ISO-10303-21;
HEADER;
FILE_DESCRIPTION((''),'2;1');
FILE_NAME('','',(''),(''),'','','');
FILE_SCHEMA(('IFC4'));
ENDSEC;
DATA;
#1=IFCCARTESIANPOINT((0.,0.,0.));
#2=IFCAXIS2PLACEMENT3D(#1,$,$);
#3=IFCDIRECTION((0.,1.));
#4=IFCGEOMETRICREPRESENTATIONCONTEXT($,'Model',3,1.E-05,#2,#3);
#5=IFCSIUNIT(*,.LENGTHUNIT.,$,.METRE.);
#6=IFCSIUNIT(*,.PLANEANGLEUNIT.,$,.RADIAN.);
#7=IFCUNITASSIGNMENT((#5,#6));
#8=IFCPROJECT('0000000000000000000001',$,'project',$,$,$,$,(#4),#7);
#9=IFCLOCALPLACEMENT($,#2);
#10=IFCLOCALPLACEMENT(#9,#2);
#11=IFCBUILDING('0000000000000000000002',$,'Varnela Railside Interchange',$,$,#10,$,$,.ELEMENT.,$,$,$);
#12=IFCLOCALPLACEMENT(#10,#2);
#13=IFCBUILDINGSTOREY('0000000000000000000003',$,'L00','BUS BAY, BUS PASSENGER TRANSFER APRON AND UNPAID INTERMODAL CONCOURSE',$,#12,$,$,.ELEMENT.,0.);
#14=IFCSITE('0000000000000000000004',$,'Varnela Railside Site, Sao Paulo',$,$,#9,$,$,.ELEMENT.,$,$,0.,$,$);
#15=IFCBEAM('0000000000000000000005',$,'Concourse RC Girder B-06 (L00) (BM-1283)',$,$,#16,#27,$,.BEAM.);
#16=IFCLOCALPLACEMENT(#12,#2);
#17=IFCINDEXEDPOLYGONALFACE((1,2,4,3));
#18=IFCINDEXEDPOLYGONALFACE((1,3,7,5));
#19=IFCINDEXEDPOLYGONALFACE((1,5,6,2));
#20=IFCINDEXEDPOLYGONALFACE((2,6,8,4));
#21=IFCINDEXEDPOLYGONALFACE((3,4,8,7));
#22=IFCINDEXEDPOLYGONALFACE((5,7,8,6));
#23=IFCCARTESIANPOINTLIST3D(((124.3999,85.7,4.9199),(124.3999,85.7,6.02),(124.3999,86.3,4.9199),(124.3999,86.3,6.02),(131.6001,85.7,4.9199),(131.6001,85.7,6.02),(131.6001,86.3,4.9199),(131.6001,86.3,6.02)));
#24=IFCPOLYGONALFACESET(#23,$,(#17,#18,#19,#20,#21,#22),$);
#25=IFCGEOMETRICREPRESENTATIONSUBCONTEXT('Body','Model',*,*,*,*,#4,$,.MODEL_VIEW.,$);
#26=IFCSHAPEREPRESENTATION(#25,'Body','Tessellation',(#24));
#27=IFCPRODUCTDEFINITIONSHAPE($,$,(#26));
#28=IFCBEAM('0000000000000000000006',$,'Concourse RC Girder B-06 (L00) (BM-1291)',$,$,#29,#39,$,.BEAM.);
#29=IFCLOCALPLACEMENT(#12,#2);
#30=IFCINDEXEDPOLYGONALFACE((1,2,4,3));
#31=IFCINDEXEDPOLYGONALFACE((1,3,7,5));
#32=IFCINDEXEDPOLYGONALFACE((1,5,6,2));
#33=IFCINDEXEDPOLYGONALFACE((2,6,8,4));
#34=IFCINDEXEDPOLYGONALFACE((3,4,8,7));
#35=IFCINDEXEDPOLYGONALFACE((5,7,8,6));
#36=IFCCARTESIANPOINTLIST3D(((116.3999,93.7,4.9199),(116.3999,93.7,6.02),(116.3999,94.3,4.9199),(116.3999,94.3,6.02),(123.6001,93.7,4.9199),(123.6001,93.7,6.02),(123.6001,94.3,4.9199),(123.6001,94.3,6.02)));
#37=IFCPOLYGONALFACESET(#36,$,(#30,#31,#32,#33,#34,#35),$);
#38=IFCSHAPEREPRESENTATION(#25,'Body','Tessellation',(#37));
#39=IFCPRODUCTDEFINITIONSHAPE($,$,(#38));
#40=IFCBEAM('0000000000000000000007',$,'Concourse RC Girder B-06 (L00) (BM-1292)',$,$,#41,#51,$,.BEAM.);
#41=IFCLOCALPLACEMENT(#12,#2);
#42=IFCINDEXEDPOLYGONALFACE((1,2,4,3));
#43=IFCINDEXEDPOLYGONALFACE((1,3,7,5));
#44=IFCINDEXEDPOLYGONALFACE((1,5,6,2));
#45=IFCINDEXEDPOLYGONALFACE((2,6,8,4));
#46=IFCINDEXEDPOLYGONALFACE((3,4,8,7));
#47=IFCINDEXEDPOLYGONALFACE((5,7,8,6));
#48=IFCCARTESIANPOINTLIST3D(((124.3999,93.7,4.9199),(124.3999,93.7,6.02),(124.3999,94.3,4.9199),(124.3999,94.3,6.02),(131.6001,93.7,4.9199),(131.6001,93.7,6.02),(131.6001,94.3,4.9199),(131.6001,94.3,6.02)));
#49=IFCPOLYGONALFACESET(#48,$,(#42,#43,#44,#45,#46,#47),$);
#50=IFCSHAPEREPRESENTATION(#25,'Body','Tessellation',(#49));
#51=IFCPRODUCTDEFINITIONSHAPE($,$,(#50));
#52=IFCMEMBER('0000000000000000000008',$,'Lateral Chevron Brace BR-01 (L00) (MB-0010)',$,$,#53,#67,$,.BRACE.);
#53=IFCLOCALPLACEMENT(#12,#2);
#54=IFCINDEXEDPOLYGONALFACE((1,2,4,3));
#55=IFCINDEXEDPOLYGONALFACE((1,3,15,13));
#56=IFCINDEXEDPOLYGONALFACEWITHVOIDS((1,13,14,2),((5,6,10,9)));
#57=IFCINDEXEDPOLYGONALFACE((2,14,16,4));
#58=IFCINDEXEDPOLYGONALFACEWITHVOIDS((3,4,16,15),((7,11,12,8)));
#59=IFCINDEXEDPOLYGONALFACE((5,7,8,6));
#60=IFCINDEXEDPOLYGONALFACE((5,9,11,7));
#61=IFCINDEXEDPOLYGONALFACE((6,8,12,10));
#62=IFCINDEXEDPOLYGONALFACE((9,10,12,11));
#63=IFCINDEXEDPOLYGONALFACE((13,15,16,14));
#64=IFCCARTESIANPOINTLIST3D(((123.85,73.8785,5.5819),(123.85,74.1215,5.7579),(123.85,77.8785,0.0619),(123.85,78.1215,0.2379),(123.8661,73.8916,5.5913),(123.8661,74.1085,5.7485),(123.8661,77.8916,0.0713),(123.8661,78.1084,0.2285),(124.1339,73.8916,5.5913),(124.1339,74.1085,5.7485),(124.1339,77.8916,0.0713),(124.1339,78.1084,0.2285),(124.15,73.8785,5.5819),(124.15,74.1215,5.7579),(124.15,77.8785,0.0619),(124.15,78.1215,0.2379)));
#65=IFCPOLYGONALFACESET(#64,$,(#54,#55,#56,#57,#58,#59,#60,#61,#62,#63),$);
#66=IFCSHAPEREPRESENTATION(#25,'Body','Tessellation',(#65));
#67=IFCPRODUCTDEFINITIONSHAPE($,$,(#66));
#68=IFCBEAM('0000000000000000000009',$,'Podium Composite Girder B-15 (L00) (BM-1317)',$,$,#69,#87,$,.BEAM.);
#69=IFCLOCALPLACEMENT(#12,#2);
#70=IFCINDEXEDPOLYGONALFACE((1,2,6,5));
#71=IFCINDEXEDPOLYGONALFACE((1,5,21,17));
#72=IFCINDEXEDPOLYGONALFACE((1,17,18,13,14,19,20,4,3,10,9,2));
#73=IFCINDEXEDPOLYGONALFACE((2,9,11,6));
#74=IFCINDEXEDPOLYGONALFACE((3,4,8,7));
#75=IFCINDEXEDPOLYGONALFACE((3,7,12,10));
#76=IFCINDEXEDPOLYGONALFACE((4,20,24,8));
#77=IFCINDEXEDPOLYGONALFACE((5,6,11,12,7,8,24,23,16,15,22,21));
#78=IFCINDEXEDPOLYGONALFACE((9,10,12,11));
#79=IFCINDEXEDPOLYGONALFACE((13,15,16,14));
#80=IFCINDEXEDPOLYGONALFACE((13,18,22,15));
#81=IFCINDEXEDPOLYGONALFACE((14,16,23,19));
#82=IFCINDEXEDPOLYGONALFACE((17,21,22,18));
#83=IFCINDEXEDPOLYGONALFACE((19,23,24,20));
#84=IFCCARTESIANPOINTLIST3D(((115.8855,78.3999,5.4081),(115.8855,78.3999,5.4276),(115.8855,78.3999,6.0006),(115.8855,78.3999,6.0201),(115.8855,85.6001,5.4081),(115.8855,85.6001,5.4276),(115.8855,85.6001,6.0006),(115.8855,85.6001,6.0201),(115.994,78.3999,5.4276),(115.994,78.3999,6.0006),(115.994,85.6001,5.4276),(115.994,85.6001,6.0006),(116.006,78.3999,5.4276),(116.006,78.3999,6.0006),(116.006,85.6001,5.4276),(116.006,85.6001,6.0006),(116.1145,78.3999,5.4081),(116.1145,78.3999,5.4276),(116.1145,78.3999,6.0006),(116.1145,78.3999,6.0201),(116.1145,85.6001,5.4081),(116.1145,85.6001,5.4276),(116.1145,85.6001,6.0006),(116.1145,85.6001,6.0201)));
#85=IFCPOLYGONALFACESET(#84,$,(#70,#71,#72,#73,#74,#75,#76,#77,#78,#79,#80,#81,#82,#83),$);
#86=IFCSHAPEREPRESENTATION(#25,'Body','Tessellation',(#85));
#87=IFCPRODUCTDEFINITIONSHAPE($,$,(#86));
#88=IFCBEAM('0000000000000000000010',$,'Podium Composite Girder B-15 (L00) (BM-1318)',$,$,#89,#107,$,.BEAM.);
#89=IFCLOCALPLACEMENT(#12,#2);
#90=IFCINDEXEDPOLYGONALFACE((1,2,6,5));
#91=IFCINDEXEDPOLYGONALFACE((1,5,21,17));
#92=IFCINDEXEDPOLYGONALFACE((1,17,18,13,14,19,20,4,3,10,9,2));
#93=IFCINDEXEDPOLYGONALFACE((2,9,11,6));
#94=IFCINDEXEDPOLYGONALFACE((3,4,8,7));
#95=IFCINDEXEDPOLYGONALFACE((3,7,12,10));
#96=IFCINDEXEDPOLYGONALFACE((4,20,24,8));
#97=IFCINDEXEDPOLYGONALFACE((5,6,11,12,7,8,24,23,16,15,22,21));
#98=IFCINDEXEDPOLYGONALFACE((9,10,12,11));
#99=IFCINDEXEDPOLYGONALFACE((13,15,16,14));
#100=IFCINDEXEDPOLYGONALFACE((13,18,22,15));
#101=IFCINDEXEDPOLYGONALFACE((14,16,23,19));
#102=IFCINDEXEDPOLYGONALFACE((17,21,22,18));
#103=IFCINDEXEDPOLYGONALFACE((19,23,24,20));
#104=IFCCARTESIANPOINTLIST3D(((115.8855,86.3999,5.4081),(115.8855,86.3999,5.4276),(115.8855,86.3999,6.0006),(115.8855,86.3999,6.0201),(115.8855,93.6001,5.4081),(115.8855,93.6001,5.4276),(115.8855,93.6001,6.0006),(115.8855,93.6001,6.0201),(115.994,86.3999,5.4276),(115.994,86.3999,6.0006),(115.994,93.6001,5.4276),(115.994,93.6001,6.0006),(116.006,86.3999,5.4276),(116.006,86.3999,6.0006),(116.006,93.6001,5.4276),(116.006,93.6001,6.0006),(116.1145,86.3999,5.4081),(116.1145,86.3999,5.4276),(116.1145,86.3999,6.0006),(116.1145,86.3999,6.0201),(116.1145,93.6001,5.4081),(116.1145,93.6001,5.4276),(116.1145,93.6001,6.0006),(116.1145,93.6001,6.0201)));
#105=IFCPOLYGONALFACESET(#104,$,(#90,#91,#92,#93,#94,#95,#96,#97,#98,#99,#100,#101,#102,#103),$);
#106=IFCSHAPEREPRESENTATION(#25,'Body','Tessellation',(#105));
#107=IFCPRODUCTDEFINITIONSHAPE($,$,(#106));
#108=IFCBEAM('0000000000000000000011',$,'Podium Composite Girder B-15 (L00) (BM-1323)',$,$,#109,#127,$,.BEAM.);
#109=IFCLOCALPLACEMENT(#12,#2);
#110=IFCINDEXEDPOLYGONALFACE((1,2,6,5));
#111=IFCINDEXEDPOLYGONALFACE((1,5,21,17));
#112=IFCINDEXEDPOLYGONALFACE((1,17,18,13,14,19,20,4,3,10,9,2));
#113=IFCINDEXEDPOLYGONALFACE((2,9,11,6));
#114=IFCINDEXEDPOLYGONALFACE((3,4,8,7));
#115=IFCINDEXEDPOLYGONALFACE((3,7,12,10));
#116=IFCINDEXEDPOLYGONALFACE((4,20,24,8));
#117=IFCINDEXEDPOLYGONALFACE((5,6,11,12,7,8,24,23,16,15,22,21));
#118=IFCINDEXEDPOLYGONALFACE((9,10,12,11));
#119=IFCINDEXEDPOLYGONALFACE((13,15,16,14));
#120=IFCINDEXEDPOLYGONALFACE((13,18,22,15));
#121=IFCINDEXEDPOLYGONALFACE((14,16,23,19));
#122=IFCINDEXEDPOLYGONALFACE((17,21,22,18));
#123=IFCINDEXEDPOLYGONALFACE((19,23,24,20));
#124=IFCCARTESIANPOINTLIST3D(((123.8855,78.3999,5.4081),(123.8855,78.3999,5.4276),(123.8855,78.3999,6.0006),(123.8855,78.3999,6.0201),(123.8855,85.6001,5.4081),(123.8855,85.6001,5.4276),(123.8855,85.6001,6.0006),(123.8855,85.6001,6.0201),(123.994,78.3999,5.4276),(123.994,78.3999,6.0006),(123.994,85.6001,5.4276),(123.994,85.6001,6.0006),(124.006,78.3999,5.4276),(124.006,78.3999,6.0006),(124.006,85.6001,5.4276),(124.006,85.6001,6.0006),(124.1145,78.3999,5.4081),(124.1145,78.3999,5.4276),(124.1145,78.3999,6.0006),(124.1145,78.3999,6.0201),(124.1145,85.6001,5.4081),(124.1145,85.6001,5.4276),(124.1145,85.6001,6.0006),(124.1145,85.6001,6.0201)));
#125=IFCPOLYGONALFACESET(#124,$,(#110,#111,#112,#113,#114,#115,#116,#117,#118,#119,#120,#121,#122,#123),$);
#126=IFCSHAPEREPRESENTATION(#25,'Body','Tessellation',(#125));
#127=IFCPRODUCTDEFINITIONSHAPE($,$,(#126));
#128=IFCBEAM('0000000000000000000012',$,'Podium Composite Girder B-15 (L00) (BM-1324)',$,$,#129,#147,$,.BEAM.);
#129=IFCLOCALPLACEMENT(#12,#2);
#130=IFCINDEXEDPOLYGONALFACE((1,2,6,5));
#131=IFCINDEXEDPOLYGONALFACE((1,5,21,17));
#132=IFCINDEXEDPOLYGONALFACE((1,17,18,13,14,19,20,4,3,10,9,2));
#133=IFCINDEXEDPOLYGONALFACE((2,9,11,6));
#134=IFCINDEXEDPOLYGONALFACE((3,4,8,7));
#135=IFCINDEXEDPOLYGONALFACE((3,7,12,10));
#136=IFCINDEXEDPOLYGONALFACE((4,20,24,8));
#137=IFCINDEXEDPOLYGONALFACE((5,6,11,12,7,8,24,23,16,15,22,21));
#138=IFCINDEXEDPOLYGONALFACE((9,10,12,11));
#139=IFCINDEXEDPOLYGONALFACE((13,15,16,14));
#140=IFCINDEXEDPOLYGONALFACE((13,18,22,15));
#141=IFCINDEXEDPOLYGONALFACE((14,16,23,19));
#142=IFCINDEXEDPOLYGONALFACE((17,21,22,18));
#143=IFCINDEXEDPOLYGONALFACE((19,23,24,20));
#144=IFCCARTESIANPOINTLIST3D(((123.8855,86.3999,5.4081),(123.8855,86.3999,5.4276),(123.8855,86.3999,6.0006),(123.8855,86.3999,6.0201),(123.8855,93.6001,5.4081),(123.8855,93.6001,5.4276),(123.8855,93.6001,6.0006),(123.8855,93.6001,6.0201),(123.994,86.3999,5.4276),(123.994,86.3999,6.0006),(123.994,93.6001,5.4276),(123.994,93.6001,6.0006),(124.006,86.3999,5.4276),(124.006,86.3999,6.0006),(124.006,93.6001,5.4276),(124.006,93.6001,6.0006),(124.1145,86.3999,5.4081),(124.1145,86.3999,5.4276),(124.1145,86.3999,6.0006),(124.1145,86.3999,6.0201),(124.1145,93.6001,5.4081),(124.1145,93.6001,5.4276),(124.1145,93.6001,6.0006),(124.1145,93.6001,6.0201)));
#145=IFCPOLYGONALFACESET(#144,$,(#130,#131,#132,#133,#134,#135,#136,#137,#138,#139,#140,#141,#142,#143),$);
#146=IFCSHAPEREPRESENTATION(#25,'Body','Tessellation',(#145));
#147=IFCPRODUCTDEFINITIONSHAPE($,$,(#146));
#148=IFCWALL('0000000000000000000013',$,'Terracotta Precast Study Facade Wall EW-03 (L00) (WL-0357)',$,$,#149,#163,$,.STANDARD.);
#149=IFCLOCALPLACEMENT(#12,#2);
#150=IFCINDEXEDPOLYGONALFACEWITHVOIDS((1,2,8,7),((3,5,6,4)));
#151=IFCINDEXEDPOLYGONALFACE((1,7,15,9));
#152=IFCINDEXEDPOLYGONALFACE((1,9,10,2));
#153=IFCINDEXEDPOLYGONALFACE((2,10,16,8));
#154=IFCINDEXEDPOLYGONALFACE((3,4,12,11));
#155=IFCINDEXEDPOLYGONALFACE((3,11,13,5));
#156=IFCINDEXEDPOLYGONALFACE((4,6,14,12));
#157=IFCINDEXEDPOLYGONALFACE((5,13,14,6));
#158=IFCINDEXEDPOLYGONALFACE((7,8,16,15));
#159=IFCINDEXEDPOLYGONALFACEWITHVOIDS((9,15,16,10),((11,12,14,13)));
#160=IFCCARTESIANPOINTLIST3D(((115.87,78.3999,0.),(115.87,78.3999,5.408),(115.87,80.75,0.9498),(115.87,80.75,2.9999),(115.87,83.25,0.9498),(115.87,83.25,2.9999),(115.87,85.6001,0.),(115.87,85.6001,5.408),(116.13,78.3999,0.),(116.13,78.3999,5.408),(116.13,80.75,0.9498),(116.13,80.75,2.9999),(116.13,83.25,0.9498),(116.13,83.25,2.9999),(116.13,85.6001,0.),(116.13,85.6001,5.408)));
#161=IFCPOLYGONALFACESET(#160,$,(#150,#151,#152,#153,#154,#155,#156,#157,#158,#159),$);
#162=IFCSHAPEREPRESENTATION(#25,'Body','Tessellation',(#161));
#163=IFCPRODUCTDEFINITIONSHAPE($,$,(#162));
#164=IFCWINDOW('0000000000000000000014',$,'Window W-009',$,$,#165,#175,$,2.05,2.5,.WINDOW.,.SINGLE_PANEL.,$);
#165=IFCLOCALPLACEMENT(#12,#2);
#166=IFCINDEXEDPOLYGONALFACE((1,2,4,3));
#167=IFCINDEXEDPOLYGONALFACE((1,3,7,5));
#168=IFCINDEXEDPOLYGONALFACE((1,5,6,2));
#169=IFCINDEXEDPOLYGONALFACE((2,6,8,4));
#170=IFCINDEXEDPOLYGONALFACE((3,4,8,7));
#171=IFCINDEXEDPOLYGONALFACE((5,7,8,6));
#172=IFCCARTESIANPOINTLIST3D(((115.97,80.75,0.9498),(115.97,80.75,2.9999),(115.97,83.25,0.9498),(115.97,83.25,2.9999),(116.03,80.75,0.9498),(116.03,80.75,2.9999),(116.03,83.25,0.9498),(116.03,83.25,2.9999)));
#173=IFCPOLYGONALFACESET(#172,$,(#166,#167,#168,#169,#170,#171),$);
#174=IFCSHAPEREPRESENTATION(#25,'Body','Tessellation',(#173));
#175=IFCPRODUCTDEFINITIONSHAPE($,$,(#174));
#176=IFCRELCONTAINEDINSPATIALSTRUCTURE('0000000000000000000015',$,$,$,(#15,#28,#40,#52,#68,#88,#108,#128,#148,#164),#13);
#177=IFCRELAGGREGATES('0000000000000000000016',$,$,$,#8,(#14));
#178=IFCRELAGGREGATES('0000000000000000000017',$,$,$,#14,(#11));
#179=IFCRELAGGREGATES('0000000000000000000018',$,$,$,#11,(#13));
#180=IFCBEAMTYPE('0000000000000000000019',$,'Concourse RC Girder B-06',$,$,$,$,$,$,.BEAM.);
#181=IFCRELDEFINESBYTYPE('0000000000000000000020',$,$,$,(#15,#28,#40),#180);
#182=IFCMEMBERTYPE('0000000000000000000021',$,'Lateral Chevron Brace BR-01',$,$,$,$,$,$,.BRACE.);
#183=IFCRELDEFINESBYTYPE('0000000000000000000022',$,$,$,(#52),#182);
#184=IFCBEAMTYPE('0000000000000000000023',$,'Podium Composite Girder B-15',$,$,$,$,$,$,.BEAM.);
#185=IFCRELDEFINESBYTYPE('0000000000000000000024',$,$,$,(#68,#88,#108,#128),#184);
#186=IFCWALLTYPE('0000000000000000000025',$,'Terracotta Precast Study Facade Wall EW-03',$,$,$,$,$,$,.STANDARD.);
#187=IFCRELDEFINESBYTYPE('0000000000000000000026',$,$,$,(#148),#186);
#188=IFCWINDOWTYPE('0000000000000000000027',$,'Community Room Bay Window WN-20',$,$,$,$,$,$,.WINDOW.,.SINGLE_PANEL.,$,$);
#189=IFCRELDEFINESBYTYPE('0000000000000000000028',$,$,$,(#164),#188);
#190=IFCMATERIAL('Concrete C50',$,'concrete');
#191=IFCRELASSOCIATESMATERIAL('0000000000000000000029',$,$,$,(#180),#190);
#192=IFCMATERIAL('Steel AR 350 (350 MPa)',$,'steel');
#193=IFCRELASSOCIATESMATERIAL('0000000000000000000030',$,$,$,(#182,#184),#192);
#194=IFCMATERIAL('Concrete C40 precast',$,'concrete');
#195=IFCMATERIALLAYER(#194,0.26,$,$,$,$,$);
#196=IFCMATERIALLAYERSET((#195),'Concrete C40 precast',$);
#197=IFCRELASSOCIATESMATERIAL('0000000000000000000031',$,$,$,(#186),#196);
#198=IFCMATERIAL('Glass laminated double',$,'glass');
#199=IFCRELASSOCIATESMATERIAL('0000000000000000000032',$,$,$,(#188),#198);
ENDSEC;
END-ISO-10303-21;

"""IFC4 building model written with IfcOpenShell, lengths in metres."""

from ifc_helpers import new_model, si_unit, direction, frame, frame_2d, origin, origin_2d, place, context, subcontext, project, spatial, rectangle, hollow_rectangle, i_section, extrude, material, layer, layer_set, material_profile, profile_set, type_object, element, fill, save


model = new_model("IFC4")

# Units and contexts
model_context = context("Model", 3, precision=1e-05, world=origin(), true_north=direction((0.0, 1.0)))
body_context = subcontext(model_context, "Body", "Model", "MODEL_VIEW")
ifc_project = project(units=[si_unit("LENGTHUNIT", "METRE"), si_unit("PLANEANGLEUNIT", "RADIAN")], contexts=[model_context])

# Site, building, storey
site_placement = place(None, origin())
site = spatial("IfcSite", under=ifc_project, at=site_placement, Name="Varnela Railside Site, Sao Paulo", CompositionType="ELEMENT", RefElevation=0.0)
building_placement = place(site_placement, origin())
building = spatial("IfcBuilding", under=site, at=building_placement, Name="Varnela Railside Interchange", CompositionType="ELEMENT")
storey_placement = place(building_placement, origin())
storey = spatial("IfcBuildingStorey", under=building, at=storey_placement, Name="L00", Description="BUS BAY, BUS PASSENGER TRANSFER APRON AND UNPAID INTERMODAL CONCOURSE", CompositionType="ELEMENT", Elevation=0.0)

# Shared definitions
ifc_material_1 = material(Name="Concrete C50", Category="concrete")

# Beams
ifc_material_2 = material(Name="Steel AR 350 (350 MPa)", Category="steel")
ifc_material_profile_1 = material_profile(ifc_material_1, rectangle(XDim=0.6001, YDim=1.1001, at=origin_2d()), Name="RC 600x1100")
ifc_profile_set_1 = profile_set([ifc_material_profile_1], Name="Concrete C50")
beam_type_1 = type_object("IfcBeamType", Name="Concourse RC Girder B-06", PredefinedType="BEAM", material=ifc_profile_set_1)
for number, where, z_axis, x_axis, name in (
    (1, (124.3999, 86.0, 5.47), (1.0, 0.0, 0.0), (0.0, 1.0, 0.0), "Concourse RC Girder B-06 (L00) (BM-1283)"),
    (2, (116.3999, 94.0, 5.47), (1.0, 0.0, 0.0), (0.0, 1.0, 0.0), "Concourse RC Girder B-06 (L00) (BM-1291)"),
    (3, (124.3999, 94.0, 5.47), (1.0, 0.0, 0.0), (0.0, 1.0, 0.0), "Concourse RC Girder B-06 (L00) (BM-1292)"),
):
    element("IfcBeam", number, at=place(storey_placement, frame(where, z_axis=z_axis, x_axis=x_axis)), inside=storey, type_object=beam_type_1, Name=name, PredefinedType="BEAM", context=body_context, shape_type="SweptSolid", body=[
        extrude(rectangle(XDim=0.6001, YDim=1.1001, at=origin_2d()), origin(), (0.0, 0.0, 1.0), 7.2002),
    ])

# Member
ifc_material_profile_2 = material_profile(ifc_material_2, hollow_rectangle(XDim=0.3, YDim=0.3, WallThickness=0.0161, at=origin_2d()), Name="HSS 300x300x16")
ifc_profile_set_2 = profile_set([ifc_material_profile_2], Name="Steel AR 350 (350 MPa)")
member_type = type_object("IfcMemberType", Name="Lateral Chevron Brace BR-01", PredefinedType="BRACE", material=ifc_profile_set_2)
member_placement = place(storey_placement, frame((124.0, 78.0, 0.1499), z_axis=(0.0, -0.586774, 0.809751), x_axis=(1.0, 0.0, 0.0)))
element("IfcMember", 4, at=member_placement, inside=storey, type_object=member_type, Name="Lateral Chevron Brace BR-01 (L00) (MB-0010)", PredefinedType="BRACE", context=body_context, shape_type="SweptSolid", body=[
    extrude(hollow_rectangle(XDim=0.3, YDim=0.3, WallThickness=0.0161, at=origin_2d()), origin(), (0.0, 0.0, 1.0), 6.8169),
])

# Beams
ifc_material_profile_3 = material_profile(ifc_material_2, i_section(OverallWidth=0.229, OverallDepth=0.6121, WebThickness=0.012, FlangeThickness=0.0195, at=origin_2d()), Name="W610x125")
ifc_profile_set_3 = profile_set([ifc_material_profile_3], Name="Steel AR 350 (350 MPa)")
beam_type_2 = type_object("IfcBeamType", Name="Podium Composite Girder B-15", PredefinedType="BEAM", material=ifc_profile_set_3)
for number, where, z_axis, x_axis, name in (
    (5, (116.0, 78.3999, 5.7141), (0.0, 1.0, 0.0), (-1.0, 0.0, 0.0), "Podium Composite Girder B-15 (L00) (BM-1317)"),
    (6, (116.0, 86.3999, 5.7141), (0.0, 1.0, 0.0), (-1.0, 0.0, 0.0), "Podium Composite Girder B-15 (L00) (BM-1318)"),
    (7, (124.0, 78.3999, 5.7141), (0.0, 1.0, 0.0), (-1.0, 0.0, 0.0), "Podium Composite Girder B-15 (L00) (BM-1323)"),
    (8, (124.0, 86.3999, 5.7141), (0.0, 1.0, 0.0), (-1.0, 0.0, 0.0), "Podium Composite Girder B-15 (L00) (BM-1324)"),
):
    element("IfcBeam", number, at=place(storey_placement, frame(where, z_axis=z_axis, x_axis=x_axis)), inside=storey, type_object=beam_type_2, Name=name, PredefinedType="BEAM", context=body_context, shape_type="SweptSolid", body=[
        extrude(i_section(OverallWidth=0.229, OverallDepth=0.6121, WebThickness=0.012, FlangeThickness=0.0195, at=origin_2d()), origin(), (0.0, 0.0, 1.0), 7.2002),
    ])

# Wall, opening, window
ifc_material_3 = material(Name="Concrete C40 precast", Category="concrete")
ifc_layer = layer(ifc_material_3, 0.26)
ifc_layer_set = layer_set([ifc_layer], Name="Concrete C40 precast")
wall_type = type_object("IfcWallType", Name="Terracotta Precast Study Facade Wall EW-03", PredefinedType="STANDARD", material=ifc_layer_set)
wall_1_placement = place(storey_placement, frame((116.0, 78.3999, 0.0), z_axis=(0.0, 0.0, 1.0), x_axis=(0.0, 1.0, 0.0)))
wall_1 = element("IfcWall", 9, at=wall_1_placement, inside=storey, type_object=wall_type, Name="Terracotta Precast Study Facade Wall EW-03 (L00) (WL-0357)", PredefinedType="STANDARD", context=body_context, shape_type="SweptSolid", body=[
    extrude(rectangle(XDim=7.2002, YDim=0.26, at=frame_2d((3.6001, 0.0))), origin(), (0.0, 0.0, 1.0), 5.408),
])
opening_1_placement = place(wall_1_placement, frame((2.3501, 0.0, 0.95)))
opening_1 = element("IfcOpeningElement", 10, at=opening_1_placement, cuts=wall_1, PredefinedType="OPENING", context=body_context, shape_type="SweptSolid", body=[
    extrude(rectangle(XDim=2.5, YDim=2.05, at=frame_2d((1.25, 1.0249))), frame((0.0, 0.1399, 0.0), z_axis=(0.0, -1.0, 0.0), x_axis=(1.0, 0.0, 0.0)), (0.0, 0.0, 1.0), 0.28),
])
ifc_material_4 = material(Name="Glass laminated double", Category="glass")
window_type_1 = type_object("IfcWindowType", Name="Community Room Bay Window WN-20", PartitioningType="SINGLE_PANEL", PredefinedType="WINDOW", material=ifc_material_4)
window_1_placement = place(opening_1_placement, origin())
window_1 = element("IfcWindow", 11, at=window_1_placement, inside=storey, type_object=window_type_1, Name="Window W-009", OverallHeight=2.05, OverallWidth=2.5, PartitioningType="SINGLE_PANEL", PredefinedType="WINDOW", context=body_context, shape_type="SweptSolid", body=[
    extrude(rectangle(XDim=2.5, YDim=2.05, at=frame_2d((1.25, 1.0249))), frame((0.0, 0.03, 0.0), z_axis=(0.0, -1.0, 0.0), x_axis=(1.0, 0.0, 0.0)), (0.0, 0.0, 1.0), 0.0601),
])
fill(opening_1, window_1)

save(model, "model.ifc")
